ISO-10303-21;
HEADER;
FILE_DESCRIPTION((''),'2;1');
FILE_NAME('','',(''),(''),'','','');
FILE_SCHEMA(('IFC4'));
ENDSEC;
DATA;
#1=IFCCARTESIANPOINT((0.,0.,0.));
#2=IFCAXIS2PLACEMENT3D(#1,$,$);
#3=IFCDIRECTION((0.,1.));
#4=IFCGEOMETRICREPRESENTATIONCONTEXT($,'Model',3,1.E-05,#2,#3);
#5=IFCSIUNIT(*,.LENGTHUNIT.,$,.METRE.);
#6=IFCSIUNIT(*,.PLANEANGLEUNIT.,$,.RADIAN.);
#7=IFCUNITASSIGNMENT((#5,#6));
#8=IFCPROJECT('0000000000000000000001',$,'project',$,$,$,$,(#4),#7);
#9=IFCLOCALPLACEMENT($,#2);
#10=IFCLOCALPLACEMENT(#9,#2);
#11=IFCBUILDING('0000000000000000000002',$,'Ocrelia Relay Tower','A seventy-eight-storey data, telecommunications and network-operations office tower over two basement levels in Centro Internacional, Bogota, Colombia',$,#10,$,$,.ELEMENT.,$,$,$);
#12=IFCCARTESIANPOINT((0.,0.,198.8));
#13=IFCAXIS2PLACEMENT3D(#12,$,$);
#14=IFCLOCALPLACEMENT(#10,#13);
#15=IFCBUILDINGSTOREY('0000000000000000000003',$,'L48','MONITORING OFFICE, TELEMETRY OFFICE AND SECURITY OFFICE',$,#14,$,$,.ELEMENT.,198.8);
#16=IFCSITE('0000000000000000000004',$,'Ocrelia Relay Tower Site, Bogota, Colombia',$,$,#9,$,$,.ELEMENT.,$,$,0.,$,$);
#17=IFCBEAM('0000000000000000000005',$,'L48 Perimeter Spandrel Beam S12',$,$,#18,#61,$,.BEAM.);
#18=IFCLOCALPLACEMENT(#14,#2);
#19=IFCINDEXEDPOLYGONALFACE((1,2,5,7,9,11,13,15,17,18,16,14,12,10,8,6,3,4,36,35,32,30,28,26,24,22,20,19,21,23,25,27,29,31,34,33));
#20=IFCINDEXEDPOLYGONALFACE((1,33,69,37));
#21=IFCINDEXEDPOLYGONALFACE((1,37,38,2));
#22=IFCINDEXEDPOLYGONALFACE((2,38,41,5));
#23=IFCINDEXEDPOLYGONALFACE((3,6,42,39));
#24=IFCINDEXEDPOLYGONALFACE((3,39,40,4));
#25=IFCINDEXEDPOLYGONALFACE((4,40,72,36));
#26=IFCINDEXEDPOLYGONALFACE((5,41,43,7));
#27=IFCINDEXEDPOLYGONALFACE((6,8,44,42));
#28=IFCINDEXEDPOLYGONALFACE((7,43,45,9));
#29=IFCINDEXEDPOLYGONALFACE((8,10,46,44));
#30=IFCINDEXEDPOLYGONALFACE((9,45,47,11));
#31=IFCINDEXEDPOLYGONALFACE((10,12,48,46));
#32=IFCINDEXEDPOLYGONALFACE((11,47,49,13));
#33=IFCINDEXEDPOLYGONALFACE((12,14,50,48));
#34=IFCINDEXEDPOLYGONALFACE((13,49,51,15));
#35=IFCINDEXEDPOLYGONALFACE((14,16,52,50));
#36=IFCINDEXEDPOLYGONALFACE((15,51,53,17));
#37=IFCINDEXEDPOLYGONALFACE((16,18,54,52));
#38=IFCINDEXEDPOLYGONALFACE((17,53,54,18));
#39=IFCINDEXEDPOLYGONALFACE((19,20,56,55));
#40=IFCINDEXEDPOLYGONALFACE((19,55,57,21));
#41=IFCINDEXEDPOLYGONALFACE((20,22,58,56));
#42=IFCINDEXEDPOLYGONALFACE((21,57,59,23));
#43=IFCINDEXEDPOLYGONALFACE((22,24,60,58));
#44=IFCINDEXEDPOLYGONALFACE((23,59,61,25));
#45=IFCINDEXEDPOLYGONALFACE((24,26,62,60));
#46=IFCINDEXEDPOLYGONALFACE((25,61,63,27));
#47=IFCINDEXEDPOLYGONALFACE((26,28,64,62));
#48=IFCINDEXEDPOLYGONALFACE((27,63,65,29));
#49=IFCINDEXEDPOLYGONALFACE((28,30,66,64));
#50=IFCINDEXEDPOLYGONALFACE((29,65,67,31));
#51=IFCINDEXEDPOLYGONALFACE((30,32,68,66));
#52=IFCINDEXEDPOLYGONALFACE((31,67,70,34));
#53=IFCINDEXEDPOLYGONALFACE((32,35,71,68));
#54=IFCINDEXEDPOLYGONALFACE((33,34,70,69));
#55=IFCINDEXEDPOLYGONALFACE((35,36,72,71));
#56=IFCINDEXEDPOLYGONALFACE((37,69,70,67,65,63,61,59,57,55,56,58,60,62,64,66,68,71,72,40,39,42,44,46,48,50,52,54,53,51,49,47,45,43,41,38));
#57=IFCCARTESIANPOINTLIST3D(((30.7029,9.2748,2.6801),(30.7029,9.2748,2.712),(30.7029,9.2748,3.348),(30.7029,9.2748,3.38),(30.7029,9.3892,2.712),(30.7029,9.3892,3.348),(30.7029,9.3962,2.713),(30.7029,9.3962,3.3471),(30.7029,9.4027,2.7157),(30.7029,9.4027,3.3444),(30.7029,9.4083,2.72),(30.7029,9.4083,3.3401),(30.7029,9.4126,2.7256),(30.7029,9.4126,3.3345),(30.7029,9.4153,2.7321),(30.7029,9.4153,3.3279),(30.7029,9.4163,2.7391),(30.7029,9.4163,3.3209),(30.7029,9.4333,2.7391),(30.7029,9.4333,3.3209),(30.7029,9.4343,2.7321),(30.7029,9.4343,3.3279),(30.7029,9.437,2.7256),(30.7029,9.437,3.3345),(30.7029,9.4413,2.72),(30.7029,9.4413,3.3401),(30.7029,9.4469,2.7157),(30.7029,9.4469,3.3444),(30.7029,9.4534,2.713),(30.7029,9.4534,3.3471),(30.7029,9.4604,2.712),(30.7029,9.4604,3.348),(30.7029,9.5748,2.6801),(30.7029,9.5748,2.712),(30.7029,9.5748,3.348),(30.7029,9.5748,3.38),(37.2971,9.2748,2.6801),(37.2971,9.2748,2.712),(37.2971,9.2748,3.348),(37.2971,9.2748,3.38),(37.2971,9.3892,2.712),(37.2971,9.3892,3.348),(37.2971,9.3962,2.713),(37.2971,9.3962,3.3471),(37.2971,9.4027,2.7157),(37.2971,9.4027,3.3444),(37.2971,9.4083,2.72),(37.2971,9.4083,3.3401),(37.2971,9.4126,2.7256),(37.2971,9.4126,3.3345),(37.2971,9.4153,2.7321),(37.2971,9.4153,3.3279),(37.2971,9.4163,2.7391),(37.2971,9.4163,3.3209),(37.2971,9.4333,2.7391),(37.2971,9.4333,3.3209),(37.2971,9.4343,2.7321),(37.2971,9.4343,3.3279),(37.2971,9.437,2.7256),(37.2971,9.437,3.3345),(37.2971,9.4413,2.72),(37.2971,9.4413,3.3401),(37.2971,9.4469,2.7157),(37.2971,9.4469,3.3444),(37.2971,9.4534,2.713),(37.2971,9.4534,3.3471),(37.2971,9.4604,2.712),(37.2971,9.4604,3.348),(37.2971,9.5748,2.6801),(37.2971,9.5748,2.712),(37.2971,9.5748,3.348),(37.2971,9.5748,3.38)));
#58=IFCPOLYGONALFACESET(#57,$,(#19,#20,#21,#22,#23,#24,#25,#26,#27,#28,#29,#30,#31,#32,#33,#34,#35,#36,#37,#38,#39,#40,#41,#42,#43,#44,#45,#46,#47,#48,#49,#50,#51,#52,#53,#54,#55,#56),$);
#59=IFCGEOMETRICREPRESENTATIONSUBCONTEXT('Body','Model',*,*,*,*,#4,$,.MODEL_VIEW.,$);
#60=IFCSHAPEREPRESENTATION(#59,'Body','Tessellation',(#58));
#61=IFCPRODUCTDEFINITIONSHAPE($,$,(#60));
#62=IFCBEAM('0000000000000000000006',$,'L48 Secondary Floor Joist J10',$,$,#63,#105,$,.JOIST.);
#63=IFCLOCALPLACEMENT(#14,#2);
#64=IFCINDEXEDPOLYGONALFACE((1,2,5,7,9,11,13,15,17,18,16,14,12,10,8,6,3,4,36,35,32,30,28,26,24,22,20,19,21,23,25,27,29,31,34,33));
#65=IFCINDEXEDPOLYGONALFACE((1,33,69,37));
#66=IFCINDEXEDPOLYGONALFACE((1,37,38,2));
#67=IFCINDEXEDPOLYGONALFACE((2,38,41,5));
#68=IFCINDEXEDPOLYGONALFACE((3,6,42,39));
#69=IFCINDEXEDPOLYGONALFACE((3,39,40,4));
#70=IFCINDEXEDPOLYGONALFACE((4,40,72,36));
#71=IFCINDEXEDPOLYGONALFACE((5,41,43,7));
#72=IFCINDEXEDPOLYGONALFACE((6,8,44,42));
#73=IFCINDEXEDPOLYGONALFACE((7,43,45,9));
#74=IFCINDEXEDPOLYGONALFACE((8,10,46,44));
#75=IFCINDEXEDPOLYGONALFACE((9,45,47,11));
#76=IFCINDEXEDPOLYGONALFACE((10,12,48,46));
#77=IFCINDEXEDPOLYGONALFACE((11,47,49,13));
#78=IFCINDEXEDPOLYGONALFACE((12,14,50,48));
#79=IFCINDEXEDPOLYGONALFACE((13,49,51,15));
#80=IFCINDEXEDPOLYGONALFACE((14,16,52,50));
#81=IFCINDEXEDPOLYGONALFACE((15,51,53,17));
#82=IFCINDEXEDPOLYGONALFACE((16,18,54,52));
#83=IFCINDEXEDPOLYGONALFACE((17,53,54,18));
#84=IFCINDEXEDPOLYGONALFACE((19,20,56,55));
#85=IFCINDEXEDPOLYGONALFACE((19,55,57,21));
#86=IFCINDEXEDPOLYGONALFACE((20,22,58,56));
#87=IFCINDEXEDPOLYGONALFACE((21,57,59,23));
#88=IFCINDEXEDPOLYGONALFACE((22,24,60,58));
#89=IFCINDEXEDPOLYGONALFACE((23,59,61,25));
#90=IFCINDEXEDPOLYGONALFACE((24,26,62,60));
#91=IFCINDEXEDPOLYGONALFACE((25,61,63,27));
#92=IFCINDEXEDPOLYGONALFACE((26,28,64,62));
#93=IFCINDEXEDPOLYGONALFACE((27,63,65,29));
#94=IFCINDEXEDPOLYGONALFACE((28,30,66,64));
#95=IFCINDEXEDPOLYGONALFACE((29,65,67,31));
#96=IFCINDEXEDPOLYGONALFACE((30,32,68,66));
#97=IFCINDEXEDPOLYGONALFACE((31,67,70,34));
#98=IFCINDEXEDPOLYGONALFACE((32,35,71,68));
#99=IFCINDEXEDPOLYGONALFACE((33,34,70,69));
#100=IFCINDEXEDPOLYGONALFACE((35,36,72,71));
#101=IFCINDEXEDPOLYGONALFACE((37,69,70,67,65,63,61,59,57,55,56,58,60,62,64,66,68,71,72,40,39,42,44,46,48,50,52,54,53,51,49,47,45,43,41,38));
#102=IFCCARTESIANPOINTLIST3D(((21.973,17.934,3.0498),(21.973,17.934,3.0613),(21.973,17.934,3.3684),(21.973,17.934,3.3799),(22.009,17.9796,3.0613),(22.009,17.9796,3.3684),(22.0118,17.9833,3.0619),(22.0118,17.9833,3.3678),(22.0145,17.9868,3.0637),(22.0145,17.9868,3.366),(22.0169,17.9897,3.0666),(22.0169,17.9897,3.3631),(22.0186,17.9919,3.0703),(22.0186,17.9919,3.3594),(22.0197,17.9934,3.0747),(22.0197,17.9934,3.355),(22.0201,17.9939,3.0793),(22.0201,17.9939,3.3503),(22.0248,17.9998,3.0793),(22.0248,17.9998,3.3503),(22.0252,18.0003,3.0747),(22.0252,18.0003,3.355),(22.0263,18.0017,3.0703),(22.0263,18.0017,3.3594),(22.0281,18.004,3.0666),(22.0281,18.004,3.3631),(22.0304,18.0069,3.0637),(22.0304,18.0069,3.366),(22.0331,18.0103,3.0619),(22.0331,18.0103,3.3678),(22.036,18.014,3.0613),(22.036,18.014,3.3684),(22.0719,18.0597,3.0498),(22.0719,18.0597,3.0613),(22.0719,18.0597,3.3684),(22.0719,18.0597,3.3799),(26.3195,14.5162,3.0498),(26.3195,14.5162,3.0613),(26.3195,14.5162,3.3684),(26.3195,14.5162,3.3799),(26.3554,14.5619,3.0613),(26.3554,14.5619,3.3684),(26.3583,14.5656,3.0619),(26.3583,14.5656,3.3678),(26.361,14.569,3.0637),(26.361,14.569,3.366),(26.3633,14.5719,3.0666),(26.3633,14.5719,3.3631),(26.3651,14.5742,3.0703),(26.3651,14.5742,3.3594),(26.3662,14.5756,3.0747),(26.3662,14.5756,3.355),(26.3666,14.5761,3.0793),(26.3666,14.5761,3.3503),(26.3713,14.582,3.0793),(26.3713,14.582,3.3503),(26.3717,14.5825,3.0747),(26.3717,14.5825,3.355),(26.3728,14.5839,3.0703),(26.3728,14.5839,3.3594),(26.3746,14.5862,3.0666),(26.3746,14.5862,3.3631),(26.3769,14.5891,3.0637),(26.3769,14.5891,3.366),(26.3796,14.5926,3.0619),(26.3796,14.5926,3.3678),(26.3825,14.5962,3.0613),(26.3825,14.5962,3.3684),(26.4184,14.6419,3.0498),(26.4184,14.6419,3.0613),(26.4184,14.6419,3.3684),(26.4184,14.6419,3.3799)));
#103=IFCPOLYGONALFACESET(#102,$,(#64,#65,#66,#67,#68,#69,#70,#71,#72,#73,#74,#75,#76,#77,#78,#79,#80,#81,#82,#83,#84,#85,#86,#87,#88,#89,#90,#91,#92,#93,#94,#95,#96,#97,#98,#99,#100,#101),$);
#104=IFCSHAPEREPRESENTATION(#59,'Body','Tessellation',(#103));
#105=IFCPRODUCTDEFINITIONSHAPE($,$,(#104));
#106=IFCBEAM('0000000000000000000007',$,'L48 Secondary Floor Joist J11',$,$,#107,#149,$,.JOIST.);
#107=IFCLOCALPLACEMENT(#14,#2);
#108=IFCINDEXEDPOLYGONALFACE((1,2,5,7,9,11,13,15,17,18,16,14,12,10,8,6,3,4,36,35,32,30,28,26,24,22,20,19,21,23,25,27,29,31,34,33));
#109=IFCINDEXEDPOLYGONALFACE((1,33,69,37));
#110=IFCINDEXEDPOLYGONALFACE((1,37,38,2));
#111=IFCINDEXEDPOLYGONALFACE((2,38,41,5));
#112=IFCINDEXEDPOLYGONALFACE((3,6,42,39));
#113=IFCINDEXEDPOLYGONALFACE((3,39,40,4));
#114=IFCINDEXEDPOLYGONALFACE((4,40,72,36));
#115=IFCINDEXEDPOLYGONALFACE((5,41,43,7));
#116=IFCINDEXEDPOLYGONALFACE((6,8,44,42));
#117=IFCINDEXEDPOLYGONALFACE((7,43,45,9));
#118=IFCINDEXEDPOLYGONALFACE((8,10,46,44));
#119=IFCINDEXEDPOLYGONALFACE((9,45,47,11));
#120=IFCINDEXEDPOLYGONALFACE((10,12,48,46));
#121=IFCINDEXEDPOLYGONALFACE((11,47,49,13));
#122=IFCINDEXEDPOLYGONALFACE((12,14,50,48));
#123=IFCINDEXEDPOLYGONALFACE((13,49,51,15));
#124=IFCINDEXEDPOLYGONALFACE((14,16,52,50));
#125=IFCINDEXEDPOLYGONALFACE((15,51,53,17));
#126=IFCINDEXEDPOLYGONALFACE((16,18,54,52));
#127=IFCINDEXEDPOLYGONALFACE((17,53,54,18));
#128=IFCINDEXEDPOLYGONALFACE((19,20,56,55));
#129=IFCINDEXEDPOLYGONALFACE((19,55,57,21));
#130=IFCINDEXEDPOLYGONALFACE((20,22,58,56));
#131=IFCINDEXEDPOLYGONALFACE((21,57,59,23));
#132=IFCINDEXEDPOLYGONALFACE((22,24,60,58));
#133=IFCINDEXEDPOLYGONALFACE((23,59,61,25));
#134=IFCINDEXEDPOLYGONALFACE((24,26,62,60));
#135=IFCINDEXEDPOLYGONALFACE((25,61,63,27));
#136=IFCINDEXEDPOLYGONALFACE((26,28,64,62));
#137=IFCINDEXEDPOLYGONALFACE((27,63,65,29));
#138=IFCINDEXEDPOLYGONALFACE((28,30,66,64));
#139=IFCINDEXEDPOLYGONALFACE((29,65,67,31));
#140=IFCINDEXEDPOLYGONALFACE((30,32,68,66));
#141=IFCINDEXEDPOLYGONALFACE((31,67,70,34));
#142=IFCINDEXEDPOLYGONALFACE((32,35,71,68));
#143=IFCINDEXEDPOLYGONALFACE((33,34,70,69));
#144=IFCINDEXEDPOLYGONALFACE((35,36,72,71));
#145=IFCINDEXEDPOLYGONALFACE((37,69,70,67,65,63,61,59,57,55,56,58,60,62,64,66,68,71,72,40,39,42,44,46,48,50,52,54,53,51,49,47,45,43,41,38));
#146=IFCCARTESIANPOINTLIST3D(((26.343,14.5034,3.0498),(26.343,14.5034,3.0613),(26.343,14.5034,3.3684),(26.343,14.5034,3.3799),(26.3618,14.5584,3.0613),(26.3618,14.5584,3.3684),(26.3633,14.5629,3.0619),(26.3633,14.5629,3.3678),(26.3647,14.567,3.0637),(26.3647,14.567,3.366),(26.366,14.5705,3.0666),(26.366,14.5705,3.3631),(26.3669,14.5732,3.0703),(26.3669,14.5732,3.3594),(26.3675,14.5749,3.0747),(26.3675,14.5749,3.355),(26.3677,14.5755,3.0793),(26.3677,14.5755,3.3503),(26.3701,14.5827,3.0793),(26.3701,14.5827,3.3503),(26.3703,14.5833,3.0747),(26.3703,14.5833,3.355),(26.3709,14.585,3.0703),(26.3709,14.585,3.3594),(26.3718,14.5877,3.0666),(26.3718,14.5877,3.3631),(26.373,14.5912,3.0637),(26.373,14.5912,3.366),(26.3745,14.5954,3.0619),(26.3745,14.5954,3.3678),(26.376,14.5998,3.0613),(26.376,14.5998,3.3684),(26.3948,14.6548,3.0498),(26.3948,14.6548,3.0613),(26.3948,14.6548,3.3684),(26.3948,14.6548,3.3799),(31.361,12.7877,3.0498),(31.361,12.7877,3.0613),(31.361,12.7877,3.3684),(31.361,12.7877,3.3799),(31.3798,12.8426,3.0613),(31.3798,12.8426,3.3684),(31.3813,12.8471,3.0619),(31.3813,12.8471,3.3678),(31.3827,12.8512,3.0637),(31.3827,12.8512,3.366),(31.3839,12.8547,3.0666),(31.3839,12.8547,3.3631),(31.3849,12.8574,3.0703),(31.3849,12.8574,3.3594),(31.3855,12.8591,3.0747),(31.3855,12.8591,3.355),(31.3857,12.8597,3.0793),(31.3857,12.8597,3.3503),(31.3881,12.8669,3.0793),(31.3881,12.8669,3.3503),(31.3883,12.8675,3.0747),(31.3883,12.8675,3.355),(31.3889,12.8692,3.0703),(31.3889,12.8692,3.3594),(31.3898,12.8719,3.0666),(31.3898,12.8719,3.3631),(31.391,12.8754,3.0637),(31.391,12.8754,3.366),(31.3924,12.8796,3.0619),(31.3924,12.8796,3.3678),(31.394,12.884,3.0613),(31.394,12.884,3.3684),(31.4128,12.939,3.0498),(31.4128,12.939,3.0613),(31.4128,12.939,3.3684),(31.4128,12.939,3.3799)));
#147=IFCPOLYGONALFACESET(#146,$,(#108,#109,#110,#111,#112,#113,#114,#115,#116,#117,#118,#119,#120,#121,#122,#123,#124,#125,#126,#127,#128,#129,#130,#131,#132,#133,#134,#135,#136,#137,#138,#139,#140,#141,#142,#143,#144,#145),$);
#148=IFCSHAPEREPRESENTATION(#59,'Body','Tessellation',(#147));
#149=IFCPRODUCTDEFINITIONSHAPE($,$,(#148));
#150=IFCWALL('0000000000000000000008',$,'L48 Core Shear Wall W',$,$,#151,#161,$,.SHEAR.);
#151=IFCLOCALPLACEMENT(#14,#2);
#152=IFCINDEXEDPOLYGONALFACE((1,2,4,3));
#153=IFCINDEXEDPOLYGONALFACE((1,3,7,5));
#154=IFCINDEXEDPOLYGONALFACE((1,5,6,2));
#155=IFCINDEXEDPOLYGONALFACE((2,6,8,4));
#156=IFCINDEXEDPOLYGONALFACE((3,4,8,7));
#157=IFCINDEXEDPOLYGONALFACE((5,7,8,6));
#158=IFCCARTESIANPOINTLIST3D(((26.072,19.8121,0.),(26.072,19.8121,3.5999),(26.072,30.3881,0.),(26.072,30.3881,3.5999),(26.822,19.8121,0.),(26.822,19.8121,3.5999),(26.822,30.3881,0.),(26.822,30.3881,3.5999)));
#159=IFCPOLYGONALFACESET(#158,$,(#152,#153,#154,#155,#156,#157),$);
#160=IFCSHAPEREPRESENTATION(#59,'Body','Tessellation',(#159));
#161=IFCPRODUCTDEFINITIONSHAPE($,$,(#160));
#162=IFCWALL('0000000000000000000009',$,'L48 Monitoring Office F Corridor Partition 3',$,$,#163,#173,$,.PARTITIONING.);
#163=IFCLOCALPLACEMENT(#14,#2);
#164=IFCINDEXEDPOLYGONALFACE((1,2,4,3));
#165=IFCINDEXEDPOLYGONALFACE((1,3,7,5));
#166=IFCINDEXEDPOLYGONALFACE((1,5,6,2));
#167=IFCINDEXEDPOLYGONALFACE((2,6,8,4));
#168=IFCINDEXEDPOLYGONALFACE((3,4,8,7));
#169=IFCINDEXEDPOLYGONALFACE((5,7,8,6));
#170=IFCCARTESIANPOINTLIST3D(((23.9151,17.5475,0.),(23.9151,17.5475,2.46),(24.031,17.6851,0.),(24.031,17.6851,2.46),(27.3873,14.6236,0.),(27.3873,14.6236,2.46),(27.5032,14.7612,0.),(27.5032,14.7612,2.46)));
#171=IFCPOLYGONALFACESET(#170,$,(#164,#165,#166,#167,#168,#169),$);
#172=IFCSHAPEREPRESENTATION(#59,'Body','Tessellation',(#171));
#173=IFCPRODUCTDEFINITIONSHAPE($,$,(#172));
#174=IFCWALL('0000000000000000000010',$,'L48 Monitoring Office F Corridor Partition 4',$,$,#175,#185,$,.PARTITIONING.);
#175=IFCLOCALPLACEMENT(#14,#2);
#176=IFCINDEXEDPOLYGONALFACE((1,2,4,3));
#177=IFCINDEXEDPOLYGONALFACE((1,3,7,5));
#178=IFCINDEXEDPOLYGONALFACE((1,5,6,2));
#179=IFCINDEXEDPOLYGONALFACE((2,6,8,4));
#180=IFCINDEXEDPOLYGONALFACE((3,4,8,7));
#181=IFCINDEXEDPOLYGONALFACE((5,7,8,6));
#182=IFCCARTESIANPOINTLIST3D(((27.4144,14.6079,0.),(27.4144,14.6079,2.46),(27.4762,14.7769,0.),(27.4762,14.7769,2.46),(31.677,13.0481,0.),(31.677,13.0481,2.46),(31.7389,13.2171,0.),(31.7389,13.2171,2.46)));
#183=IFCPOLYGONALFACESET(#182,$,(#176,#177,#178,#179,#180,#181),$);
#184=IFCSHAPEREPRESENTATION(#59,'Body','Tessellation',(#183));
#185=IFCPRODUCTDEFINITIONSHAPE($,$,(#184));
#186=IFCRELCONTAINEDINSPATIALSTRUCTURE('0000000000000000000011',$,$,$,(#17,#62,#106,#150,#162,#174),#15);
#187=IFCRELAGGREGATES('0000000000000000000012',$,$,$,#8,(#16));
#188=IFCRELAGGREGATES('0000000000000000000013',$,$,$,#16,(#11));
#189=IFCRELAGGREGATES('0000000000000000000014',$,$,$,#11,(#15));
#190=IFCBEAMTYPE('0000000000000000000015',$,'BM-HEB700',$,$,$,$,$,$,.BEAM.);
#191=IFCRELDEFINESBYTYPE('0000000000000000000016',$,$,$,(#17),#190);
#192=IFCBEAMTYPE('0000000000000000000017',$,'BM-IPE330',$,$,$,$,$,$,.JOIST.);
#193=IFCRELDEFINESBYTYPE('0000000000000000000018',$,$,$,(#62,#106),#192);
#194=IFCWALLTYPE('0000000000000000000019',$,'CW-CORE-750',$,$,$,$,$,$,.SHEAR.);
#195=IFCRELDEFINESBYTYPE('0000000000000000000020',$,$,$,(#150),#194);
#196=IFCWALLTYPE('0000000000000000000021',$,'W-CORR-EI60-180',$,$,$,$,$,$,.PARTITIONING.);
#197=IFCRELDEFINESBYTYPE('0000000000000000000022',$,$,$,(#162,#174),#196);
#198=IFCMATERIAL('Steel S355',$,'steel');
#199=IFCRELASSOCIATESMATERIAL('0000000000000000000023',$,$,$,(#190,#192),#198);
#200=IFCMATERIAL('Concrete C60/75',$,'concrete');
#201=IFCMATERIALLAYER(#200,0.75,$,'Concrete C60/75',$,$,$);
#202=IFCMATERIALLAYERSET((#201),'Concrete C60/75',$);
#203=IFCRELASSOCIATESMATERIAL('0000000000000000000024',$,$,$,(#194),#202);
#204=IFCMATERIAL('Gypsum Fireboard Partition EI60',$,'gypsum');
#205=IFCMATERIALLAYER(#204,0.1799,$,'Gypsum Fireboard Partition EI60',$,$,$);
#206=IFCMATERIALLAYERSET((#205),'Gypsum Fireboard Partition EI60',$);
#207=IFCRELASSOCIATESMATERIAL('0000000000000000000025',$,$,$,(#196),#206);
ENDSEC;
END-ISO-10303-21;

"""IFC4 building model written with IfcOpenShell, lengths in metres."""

from ifc_helpers import new_model, si_unit, direction, frame, frame_2d, origin, origin_2d, place, context, subcontext, project, spatial, rectangle, i_section, extrude, material, layer, layer_set, material_profile, profile_set, type_object, element, save


model = new_model("IFC4")

# Units and contexts
model_context = context("Model", 3, precision=1e-05, world=origin(), true_north=direction((0.0, 1.0)))
body_context = subcontext(model_context, "Body", "Model", "MODEL_VIEW")
ifc_project = project(units=[si_unit("LENGTHUNIT", "METRE"), si_unit("PLANEANGLEUNIT", "RADIAN")], contexts=[model_context])

# Site, building, storey
site_placement = place(None, origin())
site = spatial("IfcSite", under=ifc_project, at=site_placement, Name="Ocrelia Relay Tower Site, Bogota, Colombia", CompositionType="ELEMENT", RefElevation=0.0)
building_placement = place(site_placement, origin())
building = spatial("IfcBuilding", under=site, at=building_placement, Name="Ocrelia Relay Tower", Description="A seventy-eight-storey data, telecommunications and network-operations office tower over two basement levels in Centro Internacional, Bogota, Colombia", CompositionType="ELEMENT")
storey_placement = place(building_placement, frame((0.0, 0.0, 198.8)))
storey = spatial("IfcBuildingStorey", under=building, at=storey_placement, Name="L48", Description="MONITORING OFFICE, TELEMETRY OFFICE AND SECURITY OFFICE", CompositionType="ELEMENT", Elevation=198.8)

# Shared definitions
ifc_material_1 = material(Name="Concrete C60/75", Category="concrete")

# Beams
ifc_material_2 = material(Name="Steel S355", Category="steel")
ifc_material_profile_1 = material_profile(ifc_material_2, i_section(OverallWidth=0.3, OverallDepth=0.7, WebThickness=0.0171, FlangeThickness=0.032, FilletRadius=0.0271, at=origin_2d()), Name="HEB 700")
ifc_profile_set_1 = profile_set([ifc_material_profile_1], Name="Steel S355")
beam_type_1 = type_object("IfcBeamType", Name="BM-HEB700", PredefinedType="BEAM", material=ifc_profile_set_1)
beam_1_placement = place(storey_placement, frame((30.7029, 9.4248, 3.03), z_axis=(1.0, 0.0, 0.0), x_axis=(0.0, 1.0, 0.0)))
element("IfcBeam", 1, at=beam_1_placement, inside=storey, type_object=beam_type_1, Name="L48 Perimeter Spandrel Beam S12", PredefinedType="BEAM", context=body_context, shape_type="SweptSolid", body=[
    extrude(i_section(OverallWidth=0.3, OverallDepth=0.7, WebThickness=0.0171, FlangeThickness=0.032, FilletRadius=0.0271, at=origin_2d()), origin(), (0.0, 0.0, 1.0), 6.5942),
])
ifc_material_profile_2 = material_profile(ifc_material_2, i_section(OverallWidth=0.1599, OverallDepth=0.3301, WebThickness=0.0076, FlangeThickness=0.0115, FilletRadius=0.0181, at=origin_2d()), Name="IPE 330")
ifc_profile_set_2 = profile_set([ifc_material_profile_2], Name="Steel S355")
beam_type_2 = type_object("IfcBeamType", Name="BM-IPE330", PredefinedType="JOIST", material=ifc_profile_set_2)
beam_2_placement = place(storey_placement, frame((22.0225, 17.9968, 3.2148), z_axis=(0.786084, -0.61812, 0.0), x_axis=(0.61812, 0.786084, 0.0)))
element("IfcBeam", 2, at=beam_2_placement, inside=storey, type_object=beam_type_2, Name="L48 Secondary Floor Joist J10", PredefinedType="JOIST", context=body_context, shape_type="SweptSolid", body=[
    extrude(i_section(OverallWidth=0.1599, OverallDepth=0.3301, WebThickness=0.0076, FlangeThickness=0.0115, FilletRadius=0.0181, at=origin_2d()), origin(), (0.0, 0.0, 1.0), 5.5293),
])
beam_3_placement = place(storey_placement, frame((26.3689, 14.5791, 3.2148), z_axis=(0.946215, -0.323538, 0.0), x_axis=(0.323538, 0.946215, 0.0)))
element("IfcBeam", 3, at=beam_3_placement, inside=storey, type_object=beam_type_2, Name="L48 Secondary Floor Joist J11", PredefinedType="JOIST", context=body_context, shape_type="SweptSolid", body=[
    extrude(i_section(OverallWidth=0.1599, OverallDepth=0.3301, WebThickness=0.0076, FlangeThickness=0.0115, FilletRadius=0.0181, at=origin_2d()), origin(), (0.0, 0.0, 1.0), 5.3032),
])

# Walls
ifc_layer_1 = layer(ifc_material_1, 0.75, Name="Concrete C60/75")
ifc_layer_set_1 = layer_set([ifc_layer_1], Name="Concrete C60/75")
wall_type_1 = type_object("IfcWallType", Name="CW-CORE-750", PredefinedType="SHEAR", material=ifc_layer_set_1)
wall_1_placement = place(storey_placement, frame((26.447, 19.812, 0.0), z_axis=(0.0, 0.0, 1.0), x_axis=(0.0, 1.0, 0.0)))
element("IfcWall", 4, at=wall_1_placement, inside=storey, type_object=wall_type_1, Name="L48 Core Shear Wall W", PredefinedType="SHEAR", context=body_context, shape_type="SweptSolid", body=[
    extrude(rectangle(XDim=10.5759, YDim=0.75, at=frame_2d((5.2881, 0.0))), origin(), (0.0, 0.0, 1.0), 3.5999),
])
ifc_material_3 = material(Name="Gypsum Fireboard Partition EI60", Category="gypsum")
ifc_layer_2 = layer(ifc_material_3, 0.1799, Name="Gypsum Fireboard Partition EI60")
ifc_layer_set_2 = layer_set([ifc_layer_2], Name="Gypsum Fireboard Partition EI60")
wall_type_2 = type_object("IfcWallType", Name="W-CORR-EI60-180", PredefinedType="PARTITIONING", material=ifc_layer_set_2)
wall_2_placement = place(storey_placement, frame((23.9731, 17.6162, 0.0), z_axis=(0.0, 0.0, 1.0), x_axis=(0.764922, -0.644122, 0.0)))
element("IfcWall", 5, at=wall_2_placement, inside=storey, type_object=wall_type_2, Name="L48 Monitoring Office F Corridor Partition 3", PredefinedType="PARTITIONING", context=body_context, shape_type="SweptSolid", body=[
    extrude(rectangle(XDim=4.5393, YDim=0.1799, at=frame_2d((2.2695, 0.0))), origin(), (0.0, 0.0, 1.0), 2.46),
])
wall_3_placement = place(storey_placement, frame((27.4453, 14.6924, 0.0), z_axis=(0.0, 0.0, 1.0), x_axis=(0.939102, -0.343638, 0.0)))
element("IfcWall", 6, at=wall_3_placement, inside=storey, type_object=wall_type_2, Name="L48 Monitoring Office F Corridor Partition 4", PredefinedType="PARTITIONING", context=body_context, shape_type="SweptSolid", body=[
    extrude(rectangle(XDim=4.5391, YDim=0.1799, at=frame_2d((2.2695, 0.0))), origin(), (0.0, 0.0, 1.0), 2.46),
])

save(model, "model.ifc")
